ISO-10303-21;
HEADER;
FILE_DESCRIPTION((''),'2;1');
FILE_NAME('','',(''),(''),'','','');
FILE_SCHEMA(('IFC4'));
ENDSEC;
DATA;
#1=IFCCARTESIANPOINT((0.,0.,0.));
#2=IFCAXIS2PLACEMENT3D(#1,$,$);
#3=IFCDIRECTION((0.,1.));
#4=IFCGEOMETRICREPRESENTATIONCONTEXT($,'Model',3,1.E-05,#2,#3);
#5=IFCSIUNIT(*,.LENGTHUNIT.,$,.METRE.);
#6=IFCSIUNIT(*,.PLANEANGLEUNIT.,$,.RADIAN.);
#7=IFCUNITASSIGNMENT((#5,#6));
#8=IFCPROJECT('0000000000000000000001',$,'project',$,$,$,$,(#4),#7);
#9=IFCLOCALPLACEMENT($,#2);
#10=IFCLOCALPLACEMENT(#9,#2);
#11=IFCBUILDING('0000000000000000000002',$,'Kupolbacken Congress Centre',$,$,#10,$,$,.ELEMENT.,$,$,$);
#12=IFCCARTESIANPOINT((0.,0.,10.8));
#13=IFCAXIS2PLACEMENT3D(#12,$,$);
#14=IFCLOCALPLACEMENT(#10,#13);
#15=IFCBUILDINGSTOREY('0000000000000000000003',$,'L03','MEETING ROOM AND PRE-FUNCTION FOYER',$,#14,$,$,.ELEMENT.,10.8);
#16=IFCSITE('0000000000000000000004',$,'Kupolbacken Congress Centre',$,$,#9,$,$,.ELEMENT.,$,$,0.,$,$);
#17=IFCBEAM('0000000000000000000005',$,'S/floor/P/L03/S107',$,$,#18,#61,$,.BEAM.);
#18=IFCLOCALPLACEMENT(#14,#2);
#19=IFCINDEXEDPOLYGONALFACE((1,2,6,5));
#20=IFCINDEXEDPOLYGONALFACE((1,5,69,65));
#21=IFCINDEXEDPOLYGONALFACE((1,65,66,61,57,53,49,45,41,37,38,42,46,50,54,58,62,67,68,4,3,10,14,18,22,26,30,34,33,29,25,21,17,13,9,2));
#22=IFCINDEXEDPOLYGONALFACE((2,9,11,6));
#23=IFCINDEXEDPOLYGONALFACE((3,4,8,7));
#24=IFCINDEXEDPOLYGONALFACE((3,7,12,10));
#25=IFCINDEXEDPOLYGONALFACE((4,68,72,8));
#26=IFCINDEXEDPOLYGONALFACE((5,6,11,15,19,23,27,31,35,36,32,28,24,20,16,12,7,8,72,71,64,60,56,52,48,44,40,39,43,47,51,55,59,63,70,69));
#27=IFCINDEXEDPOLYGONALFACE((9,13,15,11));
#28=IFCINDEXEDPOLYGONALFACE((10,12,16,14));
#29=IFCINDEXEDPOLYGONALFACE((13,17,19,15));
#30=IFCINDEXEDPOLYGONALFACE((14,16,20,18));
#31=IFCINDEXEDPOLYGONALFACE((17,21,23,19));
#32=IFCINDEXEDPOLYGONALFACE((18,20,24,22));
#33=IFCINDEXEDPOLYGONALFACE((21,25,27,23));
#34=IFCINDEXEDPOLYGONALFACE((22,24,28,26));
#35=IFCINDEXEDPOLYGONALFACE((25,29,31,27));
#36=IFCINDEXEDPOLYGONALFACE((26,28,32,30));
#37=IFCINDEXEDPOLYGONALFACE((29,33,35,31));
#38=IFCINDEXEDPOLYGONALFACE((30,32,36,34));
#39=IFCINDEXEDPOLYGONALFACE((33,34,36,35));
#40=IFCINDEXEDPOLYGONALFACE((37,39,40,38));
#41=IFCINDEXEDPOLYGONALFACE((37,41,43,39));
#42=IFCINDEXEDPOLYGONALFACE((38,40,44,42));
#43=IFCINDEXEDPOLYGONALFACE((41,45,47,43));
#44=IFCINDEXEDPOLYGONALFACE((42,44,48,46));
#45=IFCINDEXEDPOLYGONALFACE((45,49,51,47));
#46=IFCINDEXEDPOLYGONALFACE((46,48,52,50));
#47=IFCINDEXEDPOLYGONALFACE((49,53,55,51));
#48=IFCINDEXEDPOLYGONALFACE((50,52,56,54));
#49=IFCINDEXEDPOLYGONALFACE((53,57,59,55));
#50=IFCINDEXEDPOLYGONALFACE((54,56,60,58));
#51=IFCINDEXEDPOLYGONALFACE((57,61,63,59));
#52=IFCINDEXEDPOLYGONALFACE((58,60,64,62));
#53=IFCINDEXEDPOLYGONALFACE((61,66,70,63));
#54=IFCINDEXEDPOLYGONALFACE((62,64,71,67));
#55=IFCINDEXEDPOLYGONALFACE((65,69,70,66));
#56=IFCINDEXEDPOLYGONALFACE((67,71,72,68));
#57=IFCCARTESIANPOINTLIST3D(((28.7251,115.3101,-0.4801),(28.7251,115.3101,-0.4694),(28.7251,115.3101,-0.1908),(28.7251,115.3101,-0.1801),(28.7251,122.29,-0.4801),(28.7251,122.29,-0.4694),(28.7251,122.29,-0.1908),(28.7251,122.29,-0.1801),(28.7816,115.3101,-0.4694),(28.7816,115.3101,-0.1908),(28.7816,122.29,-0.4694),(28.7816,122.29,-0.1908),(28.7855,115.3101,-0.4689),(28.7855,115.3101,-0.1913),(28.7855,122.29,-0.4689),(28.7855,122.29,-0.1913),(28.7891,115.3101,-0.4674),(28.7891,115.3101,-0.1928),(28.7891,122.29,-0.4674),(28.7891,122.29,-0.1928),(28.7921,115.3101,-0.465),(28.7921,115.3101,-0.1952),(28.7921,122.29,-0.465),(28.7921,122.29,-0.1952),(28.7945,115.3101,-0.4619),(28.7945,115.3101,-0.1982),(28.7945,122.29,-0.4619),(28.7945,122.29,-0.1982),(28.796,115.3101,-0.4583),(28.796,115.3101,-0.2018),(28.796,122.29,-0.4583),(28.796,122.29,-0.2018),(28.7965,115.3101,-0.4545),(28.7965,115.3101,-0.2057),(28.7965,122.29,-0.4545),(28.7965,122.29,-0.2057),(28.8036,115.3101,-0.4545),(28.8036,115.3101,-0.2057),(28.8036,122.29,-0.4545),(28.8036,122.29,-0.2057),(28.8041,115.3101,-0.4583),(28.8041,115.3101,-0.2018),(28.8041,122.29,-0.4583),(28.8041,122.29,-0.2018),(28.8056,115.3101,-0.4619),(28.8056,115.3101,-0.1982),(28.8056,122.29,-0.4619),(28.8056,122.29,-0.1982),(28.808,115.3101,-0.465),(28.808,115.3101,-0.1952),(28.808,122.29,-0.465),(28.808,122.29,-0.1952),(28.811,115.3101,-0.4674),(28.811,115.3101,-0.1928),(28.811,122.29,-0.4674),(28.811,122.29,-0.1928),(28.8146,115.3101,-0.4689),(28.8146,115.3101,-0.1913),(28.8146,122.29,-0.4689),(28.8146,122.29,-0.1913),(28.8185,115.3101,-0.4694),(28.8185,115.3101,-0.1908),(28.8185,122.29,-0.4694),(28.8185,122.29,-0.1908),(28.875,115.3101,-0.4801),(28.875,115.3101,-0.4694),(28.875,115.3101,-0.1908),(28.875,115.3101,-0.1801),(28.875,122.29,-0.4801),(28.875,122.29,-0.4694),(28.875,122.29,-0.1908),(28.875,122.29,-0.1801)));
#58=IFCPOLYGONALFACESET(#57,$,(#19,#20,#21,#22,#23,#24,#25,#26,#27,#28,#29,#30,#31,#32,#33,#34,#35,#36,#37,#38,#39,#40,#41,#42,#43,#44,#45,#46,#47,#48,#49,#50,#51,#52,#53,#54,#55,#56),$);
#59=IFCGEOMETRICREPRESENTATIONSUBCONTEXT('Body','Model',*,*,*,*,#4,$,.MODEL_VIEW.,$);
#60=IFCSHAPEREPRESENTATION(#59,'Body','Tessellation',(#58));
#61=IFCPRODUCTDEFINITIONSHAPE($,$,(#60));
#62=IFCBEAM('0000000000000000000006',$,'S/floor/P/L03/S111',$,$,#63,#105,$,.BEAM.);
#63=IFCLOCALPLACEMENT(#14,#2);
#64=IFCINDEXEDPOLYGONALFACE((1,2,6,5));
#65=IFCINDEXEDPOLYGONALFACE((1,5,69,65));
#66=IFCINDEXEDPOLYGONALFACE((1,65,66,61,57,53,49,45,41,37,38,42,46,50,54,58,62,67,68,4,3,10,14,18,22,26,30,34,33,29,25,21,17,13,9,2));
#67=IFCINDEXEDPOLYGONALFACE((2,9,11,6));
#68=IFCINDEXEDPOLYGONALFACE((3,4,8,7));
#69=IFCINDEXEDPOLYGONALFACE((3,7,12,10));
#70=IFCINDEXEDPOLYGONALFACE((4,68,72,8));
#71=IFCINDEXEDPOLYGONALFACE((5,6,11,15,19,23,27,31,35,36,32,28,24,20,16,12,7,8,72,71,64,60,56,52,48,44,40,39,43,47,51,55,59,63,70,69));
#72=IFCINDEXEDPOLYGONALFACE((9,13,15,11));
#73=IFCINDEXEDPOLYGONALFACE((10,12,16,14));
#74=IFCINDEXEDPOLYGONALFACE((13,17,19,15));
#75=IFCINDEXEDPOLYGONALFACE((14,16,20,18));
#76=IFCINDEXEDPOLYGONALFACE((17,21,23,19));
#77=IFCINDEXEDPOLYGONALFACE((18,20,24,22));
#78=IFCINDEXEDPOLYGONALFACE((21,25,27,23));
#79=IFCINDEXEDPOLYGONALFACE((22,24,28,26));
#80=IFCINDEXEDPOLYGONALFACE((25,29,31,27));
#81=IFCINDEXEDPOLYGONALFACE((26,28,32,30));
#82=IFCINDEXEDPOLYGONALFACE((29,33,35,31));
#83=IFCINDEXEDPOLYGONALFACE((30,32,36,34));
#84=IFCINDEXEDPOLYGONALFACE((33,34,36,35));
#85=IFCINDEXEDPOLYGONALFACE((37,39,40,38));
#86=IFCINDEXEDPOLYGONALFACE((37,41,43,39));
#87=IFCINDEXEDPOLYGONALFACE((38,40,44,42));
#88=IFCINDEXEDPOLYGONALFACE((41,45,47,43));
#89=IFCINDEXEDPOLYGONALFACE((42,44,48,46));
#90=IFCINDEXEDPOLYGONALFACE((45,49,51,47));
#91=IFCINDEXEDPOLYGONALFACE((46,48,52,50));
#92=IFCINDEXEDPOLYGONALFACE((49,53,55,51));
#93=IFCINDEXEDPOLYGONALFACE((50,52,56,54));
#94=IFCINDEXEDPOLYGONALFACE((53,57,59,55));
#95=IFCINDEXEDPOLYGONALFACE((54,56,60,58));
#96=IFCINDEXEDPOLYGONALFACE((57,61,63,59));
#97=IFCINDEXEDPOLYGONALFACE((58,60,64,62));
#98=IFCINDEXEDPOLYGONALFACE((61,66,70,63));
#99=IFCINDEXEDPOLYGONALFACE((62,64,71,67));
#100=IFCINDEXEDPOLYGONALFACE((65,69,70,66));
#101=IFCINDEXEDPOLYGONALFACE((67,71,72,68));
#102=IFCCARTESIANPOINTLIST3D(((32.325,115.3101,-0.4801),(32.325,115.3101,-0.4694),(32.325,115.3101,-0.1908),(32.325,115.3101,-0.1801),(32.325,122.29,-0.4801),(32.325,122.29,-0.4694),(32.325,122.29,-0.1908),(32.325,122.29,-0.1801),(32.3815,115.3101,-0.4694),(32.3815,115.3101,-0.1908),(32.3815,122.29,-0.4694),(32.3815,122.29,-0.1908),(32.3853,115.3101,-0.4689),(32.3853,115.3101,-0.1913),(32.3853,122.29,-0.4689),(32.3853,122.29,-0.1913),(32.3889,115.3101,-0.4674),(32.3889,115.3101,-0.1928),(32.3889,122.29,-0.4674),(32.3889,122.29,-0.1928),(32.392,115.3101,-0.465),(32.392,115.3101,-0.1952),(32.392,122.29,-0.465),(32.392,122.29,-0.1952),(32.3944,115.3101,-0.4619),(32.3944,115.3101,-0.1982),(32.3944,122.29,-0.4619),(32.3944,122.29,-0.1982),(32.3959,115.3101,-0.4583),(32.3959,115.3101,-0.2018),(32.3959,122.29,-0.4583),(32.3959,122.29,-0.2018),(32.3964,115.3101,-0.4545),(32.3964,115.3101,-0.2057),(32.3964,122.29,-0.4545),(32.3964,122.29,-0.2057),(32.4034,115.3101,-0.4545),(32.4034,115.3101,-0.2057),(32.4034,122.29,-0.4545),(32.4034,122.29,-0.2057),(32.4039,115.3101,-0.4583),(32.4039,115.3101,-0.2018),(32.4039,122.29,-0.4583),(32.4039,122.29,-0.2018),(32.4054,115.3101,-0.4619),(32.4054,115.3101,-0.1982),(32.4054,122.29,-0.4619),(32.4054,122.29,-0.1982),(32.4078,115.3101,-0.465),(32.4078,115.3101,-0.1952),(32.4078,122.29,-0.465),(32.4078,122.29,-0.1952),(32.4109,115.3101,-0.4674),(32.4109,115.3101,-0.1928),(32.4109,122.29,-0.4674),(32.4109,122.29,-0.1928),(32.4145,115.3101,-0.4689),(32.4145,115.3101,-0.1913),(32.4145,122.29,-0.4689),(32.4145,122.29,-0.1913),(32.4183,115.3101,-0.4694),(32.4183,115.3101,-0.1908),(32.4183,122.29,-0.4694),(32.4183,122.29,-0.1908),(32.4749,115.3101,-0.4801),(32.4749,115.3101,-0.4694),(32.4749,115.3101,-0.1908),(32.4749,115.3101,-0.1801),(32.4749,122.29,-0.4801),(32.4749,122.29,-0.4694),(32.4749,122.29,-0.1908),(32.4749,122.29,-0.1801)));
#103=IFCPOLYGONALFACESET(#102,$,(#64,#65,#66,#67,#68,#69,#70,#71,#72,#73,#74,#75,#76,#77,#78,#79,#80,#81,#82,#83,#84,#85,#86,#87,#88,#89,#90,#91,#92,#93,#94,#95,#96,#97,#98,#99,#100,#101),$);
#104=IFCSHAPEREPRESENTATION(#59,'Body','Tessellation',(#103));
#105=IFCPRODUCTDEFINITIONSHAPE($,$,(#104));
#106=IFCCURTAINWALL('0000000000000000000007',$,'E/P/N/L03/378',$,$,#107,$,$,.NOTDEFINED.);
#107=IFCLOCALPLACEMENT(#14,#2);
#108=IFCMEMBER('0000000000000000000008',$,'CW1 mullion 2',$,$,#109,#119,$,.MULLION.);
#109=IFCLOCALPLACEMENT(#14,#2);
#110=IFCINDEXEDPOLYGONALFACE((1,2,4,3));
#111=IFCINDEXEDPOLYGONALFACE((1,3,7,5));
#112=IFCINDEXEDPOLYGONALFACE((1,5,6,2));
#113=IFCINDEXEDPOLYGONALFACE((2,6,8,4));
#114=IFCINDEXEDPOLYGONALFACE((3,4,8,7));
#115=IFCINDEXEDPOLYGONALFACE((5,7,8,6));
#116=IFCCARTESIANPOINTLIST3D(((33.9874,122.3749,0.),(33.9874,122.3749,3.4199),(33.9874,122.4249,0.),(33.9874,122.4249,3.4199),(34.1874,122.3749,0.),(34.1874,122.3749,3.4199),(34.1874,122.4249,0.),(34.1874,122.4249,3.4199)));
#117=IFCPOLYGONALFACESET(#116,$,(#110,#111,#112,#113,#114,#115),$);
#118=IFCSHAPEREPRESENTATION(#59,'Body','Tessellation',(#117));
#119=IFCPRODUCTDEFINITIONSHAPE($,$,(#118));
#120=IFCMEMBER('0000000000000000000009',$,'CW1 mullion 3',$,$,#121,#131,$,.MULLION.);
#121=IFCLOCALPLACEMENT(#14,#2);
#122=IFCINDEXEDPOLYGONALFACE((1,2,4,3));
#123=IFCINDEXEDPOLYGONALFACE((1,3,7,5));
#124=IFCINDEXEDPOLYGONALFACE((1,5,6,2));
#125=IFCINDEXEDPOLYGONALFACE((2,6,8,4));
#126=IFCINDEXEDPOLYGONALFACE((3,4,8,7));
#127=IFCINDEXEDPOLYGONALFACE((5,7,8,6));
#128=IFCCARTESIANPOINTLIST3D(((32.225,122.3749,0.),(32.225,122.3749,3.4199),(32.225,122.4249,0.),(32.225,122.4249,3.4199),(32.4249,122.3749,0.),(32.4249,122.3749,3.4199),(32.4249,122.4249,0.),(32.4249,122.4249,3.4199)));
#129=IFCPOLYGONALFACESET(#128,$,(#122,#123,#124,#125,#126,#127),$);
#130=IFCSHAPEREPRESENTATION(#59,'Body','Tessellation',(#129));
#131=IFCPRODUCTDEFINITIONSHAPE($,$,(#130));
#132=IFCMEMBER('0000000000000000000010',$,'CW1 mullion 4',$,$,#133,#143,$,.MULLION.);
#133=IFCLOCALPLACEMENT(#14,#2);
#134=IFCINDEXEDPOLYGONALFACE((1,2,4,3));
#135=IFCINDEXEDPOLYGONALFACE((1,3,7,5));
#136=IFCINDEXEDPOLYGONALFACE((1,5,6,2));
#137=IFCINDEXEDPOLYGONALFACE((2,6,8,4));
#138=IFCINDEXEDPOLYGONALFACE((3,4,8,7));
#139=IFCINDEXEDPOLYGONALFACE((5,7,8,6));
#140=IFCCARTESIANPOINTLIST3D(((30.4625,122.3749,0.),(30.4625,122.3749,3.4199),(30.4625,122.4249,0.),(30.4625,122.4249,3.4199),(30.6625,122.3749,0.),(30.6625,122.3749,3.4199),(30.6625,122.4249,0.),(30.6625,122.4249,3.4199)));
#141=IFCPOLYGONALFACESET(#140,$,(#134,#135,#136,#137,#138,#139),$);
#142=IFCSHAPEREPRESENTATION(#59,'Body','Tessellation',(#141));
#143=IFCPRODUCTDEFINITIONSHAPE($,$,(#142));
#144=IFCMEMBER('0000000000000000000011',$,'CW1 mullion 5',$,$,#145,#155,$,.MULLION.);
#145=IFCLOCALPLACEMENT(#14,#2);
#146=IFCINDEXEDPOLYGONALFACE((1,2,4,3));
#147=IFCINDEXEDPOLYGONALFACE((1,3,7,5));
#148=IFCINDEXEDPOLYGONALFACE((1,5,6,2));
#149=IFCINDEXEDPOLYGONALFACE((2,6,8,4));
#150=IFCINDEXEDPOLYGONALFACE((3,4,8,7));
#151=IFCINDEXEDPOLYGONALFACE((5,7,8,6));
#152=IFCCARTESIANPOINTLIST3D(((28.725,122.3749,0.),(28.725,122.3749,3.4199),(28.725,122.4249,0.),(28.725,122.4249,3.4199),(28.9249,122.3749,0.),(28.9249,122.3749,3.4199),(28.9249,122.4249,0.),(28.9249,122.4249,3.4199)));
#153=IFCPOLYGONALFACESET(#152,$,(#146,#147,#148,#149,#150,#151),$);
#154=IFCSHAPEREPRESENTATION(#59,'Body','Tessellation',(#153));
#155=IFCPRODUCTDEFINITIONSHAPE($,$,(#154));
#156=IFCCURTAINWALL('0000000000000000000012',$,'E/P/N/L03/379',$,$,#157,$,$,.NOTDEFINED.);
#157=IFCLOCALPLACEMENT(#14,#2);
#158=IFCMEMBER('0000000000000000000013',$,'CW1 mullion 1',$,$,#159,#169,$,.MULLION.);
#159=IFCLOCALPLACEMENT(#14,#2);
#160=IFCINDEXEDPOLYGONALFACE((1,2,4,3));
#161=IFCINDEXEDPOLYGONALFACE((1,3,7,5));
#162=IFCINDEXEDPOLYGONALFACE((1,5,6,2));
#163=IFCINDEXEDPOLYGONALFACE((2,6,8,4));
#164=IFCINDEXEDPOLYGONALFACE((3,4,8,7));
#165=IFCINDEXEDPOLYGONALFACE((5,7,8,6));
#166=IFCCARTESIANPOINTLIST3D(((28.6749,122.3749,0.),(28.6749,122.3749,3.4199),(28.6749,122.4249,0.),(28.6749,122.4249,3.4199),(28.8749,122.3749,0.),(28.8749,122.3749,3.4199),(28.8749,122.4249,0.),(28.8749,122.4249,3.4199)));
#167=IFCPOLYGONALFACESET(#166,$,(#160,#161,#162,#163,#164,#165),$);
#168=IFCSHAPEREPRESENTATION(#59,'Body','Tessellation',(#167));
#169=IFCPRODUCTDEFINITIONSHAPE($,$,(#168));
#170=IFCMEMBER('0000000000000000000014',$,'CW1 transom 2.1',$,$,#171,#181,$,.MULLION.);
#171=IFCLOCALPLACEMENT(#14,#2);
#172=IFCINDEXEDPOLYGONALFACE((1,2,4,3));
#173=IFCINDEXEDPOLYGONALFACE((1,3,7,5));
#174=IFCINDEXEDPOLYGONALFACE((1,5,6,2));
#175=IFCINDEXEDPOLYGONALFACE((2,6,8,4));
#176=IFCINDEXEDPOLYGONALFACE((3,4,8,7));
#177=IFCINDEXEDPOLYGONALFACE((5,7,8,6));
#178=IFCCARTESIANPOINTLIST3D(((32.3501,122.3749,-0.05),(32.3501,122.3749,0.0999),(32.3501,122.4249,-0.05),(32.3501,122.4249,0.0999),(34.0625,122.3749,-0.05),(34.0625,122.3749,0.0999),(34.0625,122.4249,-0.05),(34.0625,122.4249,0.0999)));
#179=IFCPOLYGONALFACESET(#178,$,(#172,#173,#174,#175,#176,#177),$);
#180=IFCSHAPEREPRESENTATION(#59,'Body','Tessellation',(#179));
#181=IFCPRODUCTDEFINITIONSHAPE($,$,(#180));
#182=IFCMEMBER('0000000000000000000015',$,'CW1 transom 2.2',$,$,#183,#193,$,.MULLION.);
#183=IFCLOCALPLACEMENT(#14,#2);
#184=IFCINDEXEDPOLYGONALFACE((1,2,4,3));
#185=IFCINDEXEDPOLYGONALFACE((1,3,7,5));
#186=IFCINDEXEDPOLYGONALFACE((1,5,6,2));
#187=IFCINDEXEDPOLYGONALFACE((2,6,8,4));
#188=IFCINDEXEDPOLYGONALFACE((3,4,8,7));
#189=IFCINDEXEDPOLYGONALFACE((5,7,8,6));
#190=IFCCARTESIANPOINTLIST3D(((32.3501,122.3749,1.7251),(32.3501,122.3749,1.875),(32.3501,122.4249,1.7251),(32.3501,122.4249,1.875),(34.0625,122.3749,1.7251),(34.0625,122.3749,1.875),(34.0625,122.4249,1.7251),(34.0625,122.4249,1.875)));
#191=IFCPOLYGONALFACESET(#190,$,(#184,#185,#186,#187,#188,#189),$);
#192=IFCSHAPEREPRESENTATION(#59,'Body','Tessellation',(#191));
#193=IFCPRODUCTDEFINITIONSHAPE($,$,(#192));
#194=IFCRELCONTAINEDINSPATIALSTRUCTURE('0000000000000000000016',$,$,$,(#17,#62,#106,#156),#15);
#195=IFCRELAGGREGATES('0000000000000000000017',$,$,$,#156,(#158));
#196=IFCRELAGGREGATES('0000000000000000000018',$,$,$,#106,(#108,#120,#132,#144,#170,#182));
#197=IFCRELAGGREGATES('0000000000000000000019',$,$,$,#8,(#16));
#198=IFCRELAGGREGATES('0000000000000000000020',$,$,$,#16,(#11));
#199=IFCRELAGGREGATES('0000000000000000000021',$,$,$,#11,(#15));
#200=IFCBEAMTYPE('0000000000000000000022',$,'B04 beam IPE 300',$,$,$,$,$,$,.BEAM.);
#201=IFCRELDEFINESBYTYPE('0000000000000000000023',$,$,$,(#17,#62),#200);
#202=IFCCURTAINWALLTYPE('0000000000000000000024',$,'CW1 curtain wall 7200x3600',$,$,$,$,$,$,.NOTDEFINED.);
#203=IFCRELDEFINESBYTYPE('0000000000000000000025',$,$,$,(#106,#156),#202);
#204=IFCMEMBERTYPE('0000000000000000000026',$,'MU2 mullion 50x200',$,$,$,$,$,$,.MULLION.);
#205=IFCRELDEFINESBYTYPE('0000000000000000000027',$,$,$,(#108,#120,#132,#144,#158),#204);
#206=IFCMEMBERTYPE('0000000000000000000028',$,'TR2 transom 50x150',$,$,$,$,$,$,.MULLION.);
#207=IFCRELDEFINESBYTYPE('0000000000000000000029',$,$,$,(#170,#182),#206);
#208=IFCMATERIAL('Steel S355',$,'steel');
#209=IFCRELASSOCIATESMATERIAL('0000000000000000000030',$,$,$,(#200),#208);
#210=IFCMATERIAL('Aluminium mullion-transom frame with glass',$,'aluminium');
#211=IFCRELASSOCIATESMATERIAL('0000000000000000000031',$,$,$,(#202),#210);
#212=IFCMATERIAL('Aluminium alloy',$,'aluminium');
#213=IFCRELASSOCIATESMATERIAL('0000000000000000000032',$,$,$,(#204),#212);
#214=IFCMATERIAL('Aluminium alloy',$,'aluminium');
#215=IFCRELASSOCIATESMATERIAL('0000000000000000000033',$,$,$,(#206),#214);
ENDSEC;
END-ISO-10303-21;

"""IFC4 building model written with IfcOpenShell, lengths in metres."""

from ifc_helpers import new_model, si_unit, direction, frame, origin, origin_2d, place, context, subcontext, project, spatial, rectangle, i_section, extrude, material, material_profile, profile_set, type_object, element, aggregate, save


model = new_model("IFC4")

# Units and contexts
model_context = context("Model", 3, precision=1e-05, world=origin(), true_north=direction((0.0, 1.0)))
body_context = subcontext(model_context, "Body", "Model", "MODEL_VIEW")
ifc_project = project(units=[si_unit("LENGTHUNIT", "METRE"), si_unit("PLANEANGLEUNIT", "RADIAN")], contexts=[model_context])

# Site, building, storey
site_placement = place(None, origin())
site = spatial("IfcSite", under=ifc_project, at=site_placement, Name="Kupolbacken Congress Centre", CompositionType="ELEMENT", RefElevation=0.0)
building_placement = place(site_placement, origin())
building = spatial("IfcBuilding", under=site, at=building_placement, Name="Kupolbacken Congress Centre", CompositionType="ELEMENT")
storey_placement = place(building_placement, frame((0.0, 0.0, 10.8)))
storey = spatial("IfcBuildingStorey", under=building, at=storey_placement, Name="L03", Description="MEETING ROOM AND PRE-FUNCTION FOYER", CompositionType="ELEMENT", Elevation=10.8)

# Beams
ifc_material_1 = material(Name="Steel S355", Category="steel")
ifc_material_profile_1 = material_profile(ifc_material_1, i_section(OverallWidth=0.1499, OverallDepth=0.3, WebThickness=0.0071, FlangeThickness=0.0107, FilletRadius=0.0149, at=origin_2d()), Name="IPE 300")
ifc_profile_set_1 = profile_set([ifc_material_profile_1], Name="Steel S355")
beam_type = type_object("IfcBeamType", Name="B04 beam IPE 300", PredefinedType="BEAM", material=ifc_profile_set_1)
for number, where, z_axis, x_axis, name in (
    (1, (28.8, 115.3101, -0.3301), (0.0, 1.0, 0.0), (-1.0, 0.0, 0.0), "S/floor/P/L03/S107"),
    (2, (32.3999, 115.3101, -0.3301), (0.0, 1.0, 0.0), (-1.0, 0.0, 0.0), "S/floor/P/L03/S111"),
):
    element("IfcBeam", number, at=place(storey_placement, frame(where, z_axis=z_axis, x_axis=x_axis)), inside=storey, type_object=beam_type, Name=name, PredefinedType="BEAM", context=body_context, shape_type="SweptSolid", body=[
        extrude(i_section(OverallWidth=0.1499, OverallDepth=0.3, WebThickness=0.0071, FlangeThickness=0.0107, FilletRadius=0.0149, at=origin_2d()), origin(), (0.0, 0.0, 1.0), 6.98),
    ])

# Curtain wall, members
ifc_material_2 = material(Name="Aluminium mullion-transom frame with glass", Category="aluminium")
curtain_wall_type = type_object("IfcCurtainWallType", Name="CW1 curtain wall 7200x3600", PredefinedType="NOTDEFINED", material=ifc_material_2)
curtain_wall_1_placement = place(storey_placement, origin())
curtain_wall_1 = element("IfcCurtainWall", 3, at=curtain_wall_1_placement, inside=storey, type_object=curtain_wall_type, Name="E/P/N/L03/378", PredefinedType="NOTDEFINED")
ifc_material_3 = material(Name="Aluminium alloy", Category="aluminium")
ifc_material_profile_2 = material_profile(ifc_material_3, rectangle(XDim=0.05, YDim=0.2, at=origin_2d()), Name="50 x 200")
ifc_profile_set_2 = profile_set([ifc_material_profile_2], Name="Aluminium alloy")
member_type_1 = type_object("IfcMemberType", Name="MU2 mullion 50x200", PredefinedType="MULLION", material=ifc_profile_set_2)
member_1_placement = place(storey_placement, frame((34.0874, 122.3999, 0.0), z_axis=(0.0, 0.0, 1.0), x_axis=(0.0, -1.0, 0.0)))
member_1 = element("IfcMember", 4, at=member_1_placement, type_object=member_type_1, Name="CW1 mullion 2", PredefinedType="MULLION", context=body_context, shape_type="SweptSolid", body=[
    extrude(rectangle(XDim=0.05, YDim=0.2, at=origin_2d()), origin(), (0.0, 0.0, 1.0), 3.4199),
])
member_2_placement = place(storey_placement, frame((32.325, 122.3999, 0.0), z_axis=(0.0, 0.0, 1.0), x_axis=(0.0, -1.0, 0.0)))
member_2 = element("IfcMember", 5, at=member_2_placement, type_object=member_type_1, Name="CW1 mullion 3", PredefinedType="MULLION", context=body_context, shape_type="SweptSolid", body=[
    extrude(rectangle(XDim=0.05, YDim=0.2, at=origin_2d()), origin(), (0.0, 0.0, 1.0), 3.4199),
])
member_3_placement = place(storey_placement, frame((30.5625, 122.3999, 0.0), z_axis=(0.0, 0.0, 1.0), x_axis=(0.0, -1.0, 0.0)))
member_3 = element("IfcMember", 6, at=member_3_placement, type_object=member_type_1, Name="CW1 mullion 4", PredefinedType="MULLION", context=body_context, shape_type="SweptSolid", body=[
    extrude(rectangle(XDim=0.05, YDim=0.2, at=origin_2d()), origin(), (0.0, 0.0, 1.0), 3.4199),
])
member_4_placement = place(storey_placement, frame((28.825, 122.3999, 0.0), z_axis=(0.0, 0.0, 1.0), x_axis=(0.0, -1.0, 0.0)))
member_4 = element("IfcMember", 7, at=member_4_placement, type_object=member_type_1, Name="CW1 mullion 5", PredefinedType="MULLION", context=body_context, shape_type="SweptSolid", body=[
    extrude(rectangle(XDim=0.05, YDim=0.2, at=origin_2d()), origin(), (0.0, 0.0, 1.0), 3.4199),
])

# Curtain wall, member
curtain_wall_2_placement = place(storey_placement, origin())
curtain_wall_2 = element("IfcCurtainWall", 8, at=curtain_wall_2_placement, inside=storey, type_object=curtain_wall_type, Name="E/P/N/L03/379", PredefinedType="NOTDEFINED")
member_5_placement = place(storey_placement, frame((28.7749, 122.3999, 0.0), z_axis=(0.0, 0.0, 1.0), x_axis=(0.0, -1.0, 0.0)))
member_5 = element("IfcMember", 9, at=member_5_placement, type_object=member_type_1, Name="CW1 mullion 1", PredefinedType="MULLION", context=body_context, shape_type="SweptSolid", body=[
    extrude(rectangle(XDim=0.05, YDim=0.2, at=origin_2d()), origin(), (0.0, 0.0, 1.0), 3.4199),
])

# Members
ifc_material_4 = material(Name="Aluminium alloy", Category="aluminium")
ifc_material_profile_3 = material_profile(ifc_material_4, rectangle(XDim=0.05, YDim=0.1499, at=origin_2d()), Name="50 x 150")
ifc_profile_set_3 = profile_set([ifc_material_profile_3], Name="Aluminium alloy")
member_type_2 = type_object("IfcMemberType", Name="TR2 transom 50x150", PredefinedType="MULLION", material=ifc_profile_set_3)
member_6_placement = place(storey_placement, frame((34.0625, 122.3999, 0.0249), z_axis=(-1.0, 0.0, 0.0), x_axis=(0.0, -1.0, 0.0)))
member_6 = element("IfcMember", 10, at=member_6_placement, type_object=member_type_2, Name="CW1 transom 2.1", PredefinedType="MULLION", context=body_context, shape_type="SweptSolid", body=[
    extrude(rectangle(XDim=0.05, YDim=0.1499, at=origin_2d()), origin(), (0.0, 0.0, 1.0), 1.7124),
])
member_7_placement = place(storey_placement, frame((34.0625, 122.3999, 1.8), z_axis=(-1.0, 0.0, 0.0), x_axis=(0.0, -1.0, 0.0)))
member_7 = element("IfcMember", 11, at=member_7_placement, type_object=member_type_2, Name="CW1 transom 2.2", PredefinedType="MULLION", context=body_context, shape_type="SweptSolid", body=[
    extrude(rectangle(XDim=0.05, YDim=0.1499, at=origin_2d()), origin(), (0.0, 0.0, 1.0), 1.7124),
])
aggregate(curtain_wall_2, [member_5])

aggregate(curtain_wall_1, [member_1, member_2, member_3, member_4, member_6, member_7])

save(model, "model.ifc")
